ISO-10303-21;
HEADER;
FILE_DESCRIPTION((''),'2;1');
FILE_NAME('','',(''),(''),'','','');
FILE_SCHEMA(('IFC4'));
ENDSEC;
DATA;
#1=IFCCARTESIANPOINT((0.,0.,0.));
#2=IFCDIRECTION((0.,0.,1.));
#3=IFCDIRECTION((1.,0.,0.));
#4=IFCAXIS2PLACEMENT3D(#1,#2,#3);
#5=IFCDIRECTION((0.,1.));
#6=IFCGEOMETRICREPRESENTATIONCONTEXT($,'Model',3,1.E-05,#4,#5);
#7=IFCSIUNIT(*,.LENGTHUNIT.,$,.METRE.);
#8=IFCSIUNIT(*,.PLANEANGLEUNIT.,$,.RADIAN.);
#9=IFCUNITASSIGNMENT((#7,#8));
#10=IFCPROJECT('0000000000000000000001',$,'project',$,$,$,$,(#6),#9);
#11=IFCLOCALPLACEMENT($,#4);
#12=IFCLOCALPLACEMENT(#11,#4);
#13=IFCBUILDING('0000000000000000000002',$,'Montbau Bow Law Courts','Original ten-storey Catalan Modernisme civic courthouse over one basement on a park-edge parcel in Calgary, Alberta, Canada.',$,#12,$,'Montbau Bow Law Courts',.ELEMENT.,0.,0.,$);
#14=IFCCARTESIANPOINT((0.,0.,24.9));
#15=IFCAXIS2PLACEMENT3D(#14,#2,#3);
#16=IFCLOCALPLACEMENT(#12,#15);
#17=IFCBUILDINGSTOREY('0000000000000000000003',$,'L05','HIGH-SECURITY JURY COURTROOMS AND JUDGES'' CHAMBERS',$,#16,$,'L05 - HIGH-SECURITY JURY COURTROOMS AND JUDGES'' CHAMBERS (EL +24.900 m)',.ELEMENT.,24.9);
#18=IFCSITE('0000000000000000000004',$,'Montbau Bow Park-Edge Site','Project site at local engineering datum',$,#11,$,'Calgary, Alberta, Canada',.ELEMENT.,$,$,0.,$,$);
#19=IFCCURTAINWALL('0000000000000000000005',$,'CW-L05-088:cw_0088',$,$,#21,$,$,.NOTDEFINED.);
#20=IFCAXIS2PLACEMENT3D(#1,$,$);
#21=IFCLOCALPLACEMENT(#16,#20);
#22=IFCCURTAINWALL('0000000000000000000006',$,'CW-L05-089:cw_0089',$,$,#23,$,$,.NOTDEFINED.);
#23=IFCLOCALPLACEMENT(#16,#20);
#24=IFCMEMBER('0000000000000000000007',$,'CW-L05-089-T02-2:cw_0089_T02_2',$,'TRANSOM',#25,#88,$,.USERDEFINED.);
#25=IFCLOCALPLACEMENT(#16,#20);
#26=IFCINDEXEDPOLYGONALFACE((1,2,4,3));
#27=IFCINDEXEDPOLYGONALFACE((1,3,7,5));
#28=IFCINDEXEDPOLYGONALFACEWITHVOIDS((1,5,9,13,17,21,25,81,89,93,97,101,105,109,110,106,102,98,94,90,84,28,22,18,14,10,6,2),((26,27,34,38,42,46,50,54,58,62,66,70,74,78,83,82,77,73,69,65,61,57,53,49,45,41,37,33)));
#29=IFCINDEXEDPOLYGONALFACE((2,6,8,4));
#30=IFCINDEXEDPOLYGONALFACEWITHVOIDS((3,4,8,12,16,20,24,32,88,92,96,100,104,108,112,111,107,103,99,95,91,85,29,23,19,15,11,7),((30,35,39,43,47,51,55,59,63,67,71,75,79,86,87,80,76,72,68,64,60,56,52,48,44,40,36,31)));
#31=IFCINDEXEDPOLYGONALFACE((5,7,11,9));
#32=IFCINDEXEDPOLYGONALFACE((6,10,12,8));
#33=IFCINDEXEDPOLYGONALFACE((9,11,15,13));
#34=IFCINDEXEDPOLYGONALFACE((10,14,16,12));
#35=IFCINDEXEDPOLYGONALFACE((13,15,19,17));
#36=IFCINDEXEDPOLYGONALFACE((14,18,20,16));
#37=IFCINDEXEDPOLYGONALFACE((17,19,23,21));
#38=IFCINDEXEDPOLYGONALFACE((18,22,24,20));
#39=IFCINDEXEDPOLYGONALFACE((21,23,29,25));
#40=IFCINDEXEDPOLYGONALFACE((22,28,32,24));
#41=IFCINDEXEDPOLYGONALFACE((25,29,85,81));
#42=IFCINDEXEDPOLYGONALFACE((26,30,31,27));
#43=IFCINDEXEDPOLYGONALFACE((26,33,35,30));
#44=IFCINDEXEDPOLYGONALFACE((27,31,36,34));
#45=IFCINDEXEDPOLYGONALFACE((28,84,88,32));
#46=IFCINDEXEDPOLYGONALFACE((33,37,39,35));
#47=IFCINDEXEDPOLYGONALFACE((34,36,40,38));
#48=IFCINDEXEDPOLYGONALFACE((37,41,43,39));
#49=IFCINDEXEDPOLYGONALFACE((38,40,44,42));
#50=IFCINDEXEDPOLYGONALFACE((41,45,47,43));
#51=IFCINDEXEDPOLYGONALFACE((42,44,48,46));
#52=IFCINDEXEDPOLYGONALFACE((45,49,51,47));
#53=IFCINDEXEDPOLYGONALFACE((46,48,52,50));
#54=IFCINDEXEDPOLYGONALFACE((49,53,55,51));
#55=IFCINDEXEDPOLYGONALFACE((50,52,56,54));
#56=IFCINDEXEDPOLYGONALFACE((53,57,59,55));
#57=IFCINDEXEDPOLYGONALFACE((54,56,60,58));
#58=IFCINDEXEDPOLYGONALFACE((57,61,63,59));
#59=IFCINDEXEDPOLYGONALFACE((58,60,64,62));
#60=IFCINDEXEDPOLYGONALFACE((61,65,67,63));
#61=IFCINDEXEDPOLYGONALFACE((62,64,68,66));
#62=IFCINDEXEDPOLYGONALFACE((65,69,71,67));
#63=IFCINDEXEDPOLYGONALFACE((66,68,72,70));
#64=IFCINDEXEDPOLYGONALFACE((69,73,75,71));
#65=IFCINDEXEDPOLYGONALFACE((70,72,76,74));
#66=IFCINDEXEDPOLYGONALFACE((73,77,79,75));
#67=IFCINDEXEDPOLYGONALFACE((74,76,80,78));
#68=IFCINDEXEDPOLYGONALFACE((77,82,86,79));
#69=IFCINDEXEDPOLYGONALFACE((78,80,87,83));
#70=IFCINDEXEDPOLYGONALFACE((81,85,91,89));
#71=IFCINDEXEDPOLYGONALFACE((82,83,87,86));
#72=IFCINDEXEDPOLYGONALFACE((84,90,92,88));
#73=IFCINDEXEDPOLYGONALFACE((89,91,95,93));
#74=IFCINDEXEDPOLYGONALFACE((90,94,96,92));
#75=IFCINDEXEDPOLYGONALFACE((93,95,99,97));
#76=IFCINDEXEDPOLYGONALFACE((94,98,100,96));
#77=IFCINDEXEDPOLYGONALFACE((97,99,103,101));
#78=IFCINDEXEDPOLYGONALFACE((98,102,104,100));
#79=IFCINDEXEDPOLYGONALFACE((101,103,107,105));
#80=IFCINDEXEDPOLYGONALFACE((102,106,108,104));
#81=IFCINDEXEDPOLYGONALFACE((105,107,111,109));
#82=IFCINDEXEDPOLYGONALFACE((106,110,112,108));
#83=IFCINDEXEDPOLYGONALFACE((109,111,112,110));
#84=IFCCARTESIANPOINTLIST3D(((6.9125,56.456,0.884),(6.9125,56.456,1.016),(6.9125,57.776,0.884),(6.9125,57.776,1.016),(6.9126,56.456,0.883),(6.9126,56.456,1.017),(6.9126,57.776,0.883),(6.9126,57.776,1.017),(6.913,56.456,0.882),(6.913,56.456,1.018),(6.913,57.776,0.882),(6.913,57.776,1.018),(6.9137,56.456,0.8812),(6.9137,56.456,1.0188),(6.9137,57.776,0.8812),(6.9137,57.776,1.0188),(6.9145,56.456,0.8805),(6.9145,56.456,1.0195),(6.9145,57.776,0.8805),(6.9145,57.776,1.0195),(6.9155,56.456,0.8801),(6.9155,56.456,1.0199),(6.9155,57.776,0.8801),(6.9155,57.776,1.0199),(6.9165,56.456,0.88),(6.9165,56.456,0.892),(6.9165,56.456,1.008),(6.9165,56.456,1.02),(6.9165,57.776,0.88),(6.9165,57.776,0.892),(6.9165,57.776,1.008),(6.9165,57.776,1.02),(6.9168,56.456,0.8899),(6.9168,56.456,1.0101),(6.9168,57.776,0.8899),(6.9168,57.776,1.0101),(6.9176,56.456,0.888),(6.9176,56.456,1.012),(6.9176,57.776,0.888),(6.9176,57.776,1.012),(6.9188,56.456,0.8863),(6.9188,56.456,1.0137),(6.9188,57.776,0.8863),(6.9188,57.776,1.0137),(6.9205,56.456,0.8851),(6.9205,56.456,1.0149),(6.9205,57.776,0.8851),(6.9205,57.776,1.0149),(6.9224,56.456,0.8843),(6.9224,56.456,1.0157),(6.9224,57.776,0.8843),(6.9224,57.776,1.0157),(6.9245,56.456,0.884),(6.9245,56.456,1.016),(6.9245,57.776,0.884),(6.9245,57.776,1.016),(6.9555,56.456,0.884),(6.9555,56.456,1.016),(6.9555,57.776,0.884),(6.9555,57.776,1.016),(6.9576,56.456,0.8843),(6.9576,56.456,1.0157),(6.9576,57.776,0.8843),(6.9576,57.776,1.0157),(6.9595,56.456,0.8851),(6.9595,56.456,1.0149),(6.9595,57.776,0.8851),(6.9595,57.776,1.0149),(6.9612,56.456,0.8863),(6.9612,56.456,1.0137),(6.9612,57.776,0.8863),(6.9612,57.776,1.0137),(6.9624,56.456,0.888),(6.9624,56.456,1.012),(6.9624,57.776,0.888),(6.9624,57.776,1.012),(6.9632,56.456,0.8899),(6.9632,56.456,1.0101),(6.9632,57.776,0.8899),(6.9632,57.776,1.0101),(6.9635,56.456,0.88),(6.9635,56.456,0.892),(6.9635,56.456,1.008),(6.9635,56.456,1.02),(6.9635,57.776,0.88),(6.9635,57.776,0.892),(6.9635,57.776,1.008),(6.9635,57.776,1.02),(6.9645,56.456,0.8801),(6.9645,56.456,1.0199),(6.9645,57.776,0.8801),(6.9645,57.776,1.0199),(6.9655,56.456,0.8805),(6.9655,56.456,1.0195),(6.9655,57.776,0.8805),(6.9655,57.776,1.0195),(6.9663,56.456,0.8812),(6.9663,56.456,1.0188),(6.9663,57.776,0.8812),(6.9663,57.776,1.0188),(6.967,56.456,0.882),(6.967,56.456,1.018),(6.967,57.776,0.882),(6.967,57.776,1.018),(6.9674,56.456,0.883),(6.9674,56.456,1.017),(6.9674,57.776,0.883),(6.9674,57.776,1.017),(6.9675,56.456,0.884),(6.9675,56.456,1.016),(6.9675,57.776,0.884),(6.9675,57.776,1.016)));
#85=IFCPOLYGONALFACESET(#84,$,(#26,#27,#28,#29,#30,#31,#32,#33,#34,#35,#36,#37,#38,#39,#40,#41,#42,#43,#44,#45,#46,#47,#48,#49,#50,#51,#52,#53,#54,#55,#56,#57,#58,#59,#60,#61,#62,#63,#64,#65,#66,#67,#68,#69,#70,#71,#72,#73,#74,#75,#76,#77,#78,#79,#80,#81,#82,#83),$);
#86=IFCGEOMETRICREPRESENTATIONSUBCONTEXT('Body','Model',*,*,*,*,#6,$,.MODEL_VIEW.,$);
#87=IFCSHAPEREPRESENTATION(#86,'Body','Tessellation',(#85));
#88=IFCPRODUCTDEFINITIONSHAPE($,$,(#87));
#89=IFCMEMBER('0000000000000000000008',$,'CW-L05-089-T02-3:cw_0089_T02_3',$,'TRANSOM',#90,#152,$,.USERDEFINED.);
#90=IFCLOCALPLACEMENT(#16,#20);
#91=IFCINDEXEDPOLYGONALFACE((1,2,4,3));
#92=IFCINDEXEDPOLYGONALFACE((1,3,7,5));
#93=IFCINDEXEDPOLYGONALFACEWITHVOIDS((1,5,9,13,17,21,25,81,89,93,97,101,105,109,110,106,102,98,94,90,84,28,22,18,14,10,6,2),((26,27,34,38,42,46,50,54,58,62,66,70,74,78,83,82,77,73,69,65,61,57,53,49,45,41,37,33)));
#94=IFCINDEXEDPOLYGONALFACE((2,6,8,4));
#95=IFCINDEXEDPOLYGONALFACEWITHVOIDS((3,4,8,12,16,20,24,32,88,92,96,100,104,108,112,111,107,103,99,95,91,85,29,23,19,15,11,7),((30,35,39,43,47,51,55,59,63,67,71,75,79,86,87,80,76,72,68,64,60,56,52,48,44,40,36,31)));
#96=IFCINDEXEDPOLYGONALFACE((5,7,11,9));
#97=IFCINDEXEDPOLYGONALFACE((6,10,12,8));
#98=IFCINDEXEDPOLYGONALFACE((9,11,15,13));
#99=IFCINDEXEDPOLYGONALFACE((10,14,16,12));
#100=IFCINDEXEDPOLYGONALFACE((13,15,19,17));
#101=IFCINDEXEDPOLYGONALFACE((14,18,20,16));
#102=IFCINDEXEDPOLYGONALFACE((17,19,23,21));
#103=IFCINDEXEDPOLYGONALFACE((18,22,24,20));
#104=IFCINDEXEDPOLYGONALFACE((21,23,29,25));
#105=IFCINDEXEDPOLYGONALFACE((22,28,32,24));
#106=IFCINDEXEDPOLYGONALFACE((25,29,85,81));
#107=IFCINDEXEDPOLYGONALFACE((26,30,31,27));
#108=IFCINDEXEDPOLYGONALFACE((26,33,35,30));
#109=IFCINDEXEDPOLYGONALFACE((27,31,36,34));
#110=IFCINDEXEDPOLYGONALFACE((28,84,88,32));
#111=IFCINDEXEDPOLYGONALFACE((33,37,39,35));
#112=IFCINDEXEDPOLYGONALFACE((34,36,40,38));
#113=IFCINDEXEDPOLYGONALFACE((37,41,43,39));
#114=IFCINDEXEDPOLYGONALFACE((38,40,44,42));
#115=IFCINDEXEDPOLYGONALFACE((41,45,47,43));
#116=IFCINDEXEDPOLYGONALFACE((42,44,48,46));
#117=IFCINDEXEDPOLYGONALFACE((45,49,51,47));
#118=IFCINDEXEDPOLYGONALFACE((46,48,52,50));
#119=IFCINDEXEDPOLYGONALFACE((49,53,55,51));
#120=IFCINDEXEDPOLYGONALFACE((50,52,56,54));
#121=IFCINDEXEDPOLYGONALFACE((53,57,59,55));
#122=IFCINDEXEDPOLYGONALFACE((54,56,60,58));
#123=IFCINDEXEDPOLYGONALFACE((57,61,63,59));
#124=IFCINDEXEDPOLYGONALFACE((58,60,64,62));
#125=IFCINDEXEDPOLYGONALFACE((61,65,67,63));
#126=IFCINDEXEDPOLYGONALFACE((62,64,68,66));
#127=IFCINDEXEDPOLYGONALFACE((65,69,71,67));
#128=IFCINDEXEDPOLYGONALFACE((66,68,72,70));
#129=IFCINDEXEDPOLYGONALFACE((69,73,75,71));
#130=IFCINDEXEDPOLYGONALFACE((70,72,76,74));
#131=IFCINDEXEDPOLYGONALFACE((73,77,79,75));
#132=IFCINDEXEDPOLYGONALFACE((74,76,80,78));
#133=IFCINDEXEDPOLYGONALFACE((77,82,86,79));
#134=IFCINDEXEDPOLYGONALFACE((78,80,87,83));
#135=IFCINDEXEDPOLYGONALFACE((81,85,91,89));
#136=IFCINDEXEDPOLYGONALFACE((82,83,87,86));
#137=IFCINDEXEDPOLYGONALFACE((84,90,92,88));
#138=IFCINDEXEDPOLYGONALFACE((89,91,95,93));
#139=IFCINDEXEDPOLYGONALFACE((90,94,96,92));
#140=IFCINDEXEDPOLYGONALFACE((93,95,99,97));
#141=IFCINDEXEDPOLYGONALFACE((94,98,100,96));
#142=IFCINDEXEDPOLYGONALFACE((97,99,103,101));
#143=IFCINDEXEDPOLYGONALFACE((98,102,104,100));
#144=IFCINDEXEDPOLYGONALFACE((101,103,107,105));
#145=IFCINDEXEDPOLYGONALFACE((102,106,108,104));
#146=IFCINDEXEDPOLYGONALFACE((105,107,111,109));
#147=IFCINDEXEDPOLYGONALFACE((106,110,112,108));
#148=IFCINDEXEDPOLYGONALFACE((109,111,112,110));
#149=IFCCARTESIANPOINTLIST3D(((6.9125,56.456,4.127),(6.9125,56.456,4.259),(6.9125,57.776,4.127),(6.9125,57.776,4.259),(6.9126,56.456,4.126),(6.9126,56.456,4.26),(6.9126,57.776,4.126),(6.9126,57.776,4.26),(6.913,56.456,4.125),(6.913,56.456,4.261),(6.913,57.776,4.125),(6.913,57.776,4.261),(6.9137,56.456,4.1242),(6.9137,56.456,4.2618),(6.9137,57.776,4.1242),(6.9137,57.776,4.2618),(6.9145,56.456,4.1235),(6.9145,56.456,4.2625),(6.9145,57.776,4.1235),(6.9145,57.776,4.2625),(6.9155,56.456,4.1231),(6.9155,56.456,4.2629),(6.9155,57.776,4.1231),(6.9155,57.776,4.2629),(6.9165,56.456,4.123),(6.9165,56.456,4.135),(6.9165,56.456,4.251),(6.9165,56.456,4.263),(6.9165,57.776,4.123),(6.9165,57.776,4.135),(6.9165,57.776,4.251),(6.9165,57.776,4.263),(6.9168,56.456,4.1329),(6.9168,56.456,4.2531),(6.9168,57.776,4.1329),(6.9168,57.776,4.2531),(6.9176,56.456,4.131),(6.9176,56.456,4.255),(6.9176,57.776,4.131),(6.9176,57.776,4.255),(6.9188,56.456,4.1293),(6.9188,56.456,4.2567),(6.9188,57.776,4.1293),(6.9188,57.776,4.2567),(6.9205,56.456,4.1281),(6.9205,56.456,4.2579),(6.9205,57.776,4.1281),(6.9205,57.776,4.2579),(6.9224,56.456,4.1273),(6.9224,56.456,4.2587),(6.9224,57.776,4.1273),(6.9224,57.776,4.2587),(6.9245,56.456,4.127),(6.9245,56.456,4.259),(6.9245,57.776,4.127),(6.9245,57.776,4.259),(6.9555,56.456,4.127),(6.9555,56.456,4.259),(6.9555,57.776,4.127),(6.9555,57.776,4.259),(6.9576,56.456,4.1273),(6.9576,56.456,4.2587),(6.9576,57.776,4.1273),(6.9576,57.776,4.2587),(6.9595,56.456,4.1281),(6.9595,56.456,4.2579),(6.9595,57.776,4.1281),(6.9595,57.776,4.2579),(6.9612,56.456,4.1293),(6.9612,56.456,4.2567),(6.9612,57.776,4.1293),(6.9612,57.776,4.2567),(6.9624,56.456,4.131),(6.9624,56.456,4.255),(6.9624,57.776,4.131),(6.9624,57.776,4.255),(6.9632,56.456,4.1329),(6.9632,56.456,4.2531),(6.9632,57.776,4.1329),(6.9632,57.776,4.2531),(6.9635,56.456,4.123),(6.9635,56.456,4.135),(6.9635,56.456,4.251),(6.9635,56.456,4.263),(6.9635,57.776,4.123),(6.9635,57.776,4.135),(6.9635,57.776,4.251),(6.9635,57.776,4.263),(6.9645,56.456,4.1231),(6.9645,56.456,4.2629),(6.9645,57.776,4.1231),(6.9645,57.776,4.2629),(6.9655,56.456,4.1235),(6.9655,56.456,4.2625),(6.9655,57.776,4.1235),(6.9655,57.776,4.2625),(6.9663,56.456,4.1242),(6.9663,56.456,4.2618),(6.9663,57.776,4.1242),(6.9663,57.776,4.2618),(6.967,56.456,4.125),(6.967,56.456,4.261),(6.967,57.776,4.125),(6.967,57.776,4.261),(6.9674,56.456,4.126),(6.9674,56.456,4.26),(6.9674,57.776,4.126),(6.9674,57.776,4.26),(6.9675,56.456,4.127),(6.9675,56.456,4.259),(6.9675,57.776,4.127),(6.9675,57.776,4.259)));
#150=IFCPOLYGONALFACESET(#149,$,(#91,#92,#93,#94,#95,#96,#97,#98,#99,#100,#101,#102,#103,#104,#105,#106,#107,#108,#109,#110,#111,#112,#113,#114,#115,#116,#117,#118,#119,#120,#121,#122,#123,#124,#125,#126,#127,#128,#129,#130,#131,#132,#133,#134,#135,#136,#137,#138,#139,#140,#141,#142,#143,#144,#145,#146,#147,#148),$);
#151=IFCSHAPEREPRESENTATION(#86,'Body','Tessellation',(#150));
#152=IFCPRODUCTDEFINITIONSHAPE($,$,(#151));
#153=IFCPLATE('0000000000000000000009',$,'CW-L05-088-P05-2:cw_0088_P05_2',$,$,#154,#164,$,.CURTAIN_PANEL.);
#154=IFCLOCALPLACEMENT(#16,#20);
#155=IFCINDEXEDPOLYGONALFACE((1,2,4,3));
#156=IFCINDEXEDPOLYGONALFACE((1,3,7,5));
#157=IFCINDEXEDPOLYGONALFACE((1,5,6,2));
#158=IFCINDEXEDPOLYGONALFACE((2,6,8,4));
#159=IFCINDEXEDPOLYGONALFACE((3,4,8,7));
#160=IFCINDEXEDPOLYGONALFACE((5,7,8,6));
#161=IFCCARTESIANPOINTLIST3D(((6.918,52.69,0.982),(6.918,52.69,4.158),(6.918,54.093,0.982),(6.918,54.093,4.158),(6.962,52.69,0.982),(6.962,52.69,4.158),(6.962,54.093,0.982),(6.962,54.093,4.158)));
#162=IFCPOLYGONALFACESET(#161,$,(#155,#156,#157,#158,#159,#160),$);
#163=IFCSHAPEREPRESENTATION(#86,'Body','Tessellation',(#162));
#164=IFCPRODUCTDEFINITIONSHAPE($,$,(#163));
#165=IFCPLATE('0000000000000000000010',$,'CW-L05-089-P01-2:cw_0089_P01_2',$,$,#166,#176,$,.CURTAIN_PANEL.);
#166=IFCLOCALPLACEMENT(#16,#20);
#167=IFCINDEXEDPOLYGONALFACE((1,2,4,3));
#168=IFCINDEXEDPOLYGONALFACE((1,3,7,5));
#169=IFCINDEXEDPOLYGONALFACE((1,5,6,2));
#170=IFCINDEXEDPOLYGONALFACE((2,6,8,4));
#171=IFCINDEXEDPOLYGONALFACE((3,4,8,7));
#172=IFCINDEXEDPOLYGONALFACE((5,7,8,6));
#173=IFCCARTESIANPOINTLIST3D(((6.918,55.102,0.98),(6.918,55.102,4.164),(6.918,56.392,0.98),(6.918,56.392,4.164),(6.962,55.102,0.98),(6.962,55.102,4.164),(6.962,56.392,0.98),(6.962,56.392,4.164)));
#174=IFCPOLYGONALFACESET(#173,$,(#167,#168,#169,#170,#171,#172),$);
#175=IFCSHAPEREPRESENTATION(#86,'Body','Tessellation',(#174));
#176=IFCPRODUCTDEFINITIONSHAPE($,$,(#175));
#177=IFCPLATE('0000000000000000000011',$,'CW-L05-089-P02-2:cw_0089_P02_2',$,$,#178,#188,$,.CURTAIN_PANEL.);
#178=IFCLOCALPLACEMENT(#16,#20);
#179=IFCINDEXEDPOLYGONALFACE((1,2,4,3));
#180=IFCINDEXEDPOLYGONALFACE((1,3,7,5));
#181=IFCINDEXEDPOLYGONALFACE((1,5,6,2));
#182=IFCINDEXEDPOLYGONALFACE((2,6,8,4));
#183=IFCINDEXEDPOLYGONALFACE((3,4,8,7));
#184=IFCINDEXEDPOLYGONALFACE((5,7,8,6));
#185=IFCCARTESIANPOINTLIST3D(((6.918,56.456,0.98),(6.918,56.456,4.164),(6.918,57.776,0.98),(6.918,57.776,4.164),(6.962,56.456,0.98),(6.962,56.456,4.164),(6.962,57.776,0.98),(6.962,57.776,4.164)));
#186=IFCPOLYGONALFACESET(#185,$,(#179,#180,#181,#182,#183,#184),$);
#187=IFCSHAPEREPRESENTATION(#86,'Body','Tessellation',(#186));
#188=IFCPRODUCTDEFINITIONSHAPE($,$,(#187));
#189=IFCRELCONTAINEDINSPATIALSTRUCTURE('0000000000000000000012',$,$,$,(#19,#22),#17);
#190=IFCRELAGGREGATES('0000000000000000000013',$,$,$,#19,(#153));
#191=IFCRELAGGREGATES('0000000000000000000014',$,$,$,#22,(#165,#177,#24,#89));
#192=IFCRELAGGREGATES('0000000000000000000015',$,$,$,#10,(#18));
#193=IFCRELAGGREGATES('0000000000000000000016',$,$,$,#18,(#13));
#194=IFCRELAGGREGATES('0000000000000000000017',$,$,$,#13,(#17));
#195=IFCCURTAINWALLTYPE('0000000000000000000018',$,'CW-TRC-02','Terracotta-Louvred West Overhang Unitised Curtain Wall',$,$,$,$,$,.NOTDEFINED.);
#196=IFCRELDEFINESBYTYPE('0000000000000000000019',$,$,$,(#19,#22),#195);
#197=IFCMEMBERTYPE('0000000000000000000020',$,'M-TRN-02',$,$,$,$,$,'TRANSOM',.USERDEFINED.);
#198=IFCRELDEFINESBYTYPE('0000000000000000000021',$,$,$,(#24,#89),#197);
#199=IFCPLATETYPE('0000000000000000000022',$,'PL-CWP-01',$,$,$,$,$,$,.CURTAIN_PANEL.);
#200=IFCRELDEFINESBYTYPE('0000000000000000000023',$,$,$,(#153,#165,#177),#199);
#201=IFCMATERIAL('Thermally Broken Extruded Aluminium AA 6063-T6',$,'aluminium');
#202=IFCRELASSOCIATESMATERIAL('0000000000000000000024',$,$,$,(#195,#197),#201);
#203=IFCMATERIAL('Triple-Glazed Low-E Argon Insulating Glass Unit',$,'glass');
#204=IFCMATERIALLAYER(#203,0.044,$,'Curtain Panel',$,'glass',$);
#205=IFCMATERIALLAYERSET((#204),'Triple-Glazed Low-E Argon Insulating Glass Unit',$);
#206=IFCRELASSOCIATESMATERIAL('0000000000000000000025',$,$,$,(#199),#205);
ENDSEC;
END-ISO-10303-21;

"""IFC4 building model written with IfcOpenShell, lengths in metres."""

from ifc_helpers import new_model, si_unit, direction, frame, frame_2d, origin_with_axes, origin_2d_with_axis, place, context, subcontext, project, spatial, rectangle, hollow_rectangle, extrude, material, layer, layer_set, material_profile, profile_set, type_object, element, aggregate, save


model = new_model("IFC4")

# Units and contexts
model_context = context("Model", 3, precision=1e-05, world=origin_with_axes(), true_north=direction((0.0, 1.0)))
body_context = subcontext(model_context, "Body", "Model", "MODEL_VIEW")
ifc_project = project(units=[si_unit("LENGTHUNIT", "METRE"), si_unit("PLANEANGLEUNIT", "RADIAN")], contexts=[model_context])

# Site, building, storey
site_placement = place(None, origin_with_axes())
site = spatial("IfcSite", under=ifc_project, at=site_placement, Name="Montbau Bow Park-Edge Site", Description="Project site at local engineering datum", LongName="Calgary, Alberta, Canada", CompositionType="ELEMENT", RefElevation=0.0)
building_placement = place(site_placement, origin_with_axes())
building = spatial("IfcBuilding", under=site, at=building_placement, Name="Montbau Bow Law Courts", Description="Original ten-storey Catalan Modernisme civic courthouse over one basement on a park-edge parcel in Calgary, Alberta, Canada.", LongName="Montbau Bow Law Courts", CompositionType="ELEMENT", ElevationOfRefHeight=0.0, ElevationOfTerrain=0.0)
storey_placement = place(building_placement, frame((0.0, 0.0, 24.9), z_axis=(0.0, 0.0, 1.0), x_axis=(1.0, 0.0, 0.0)))
storey = spatial("IfcBuildingStorey", under=building, at=storey_placement, Name="L05", Description="HIGH-SECURITY JURY COURTROOMS AND JUDGES' CHAMBERS", LongName="L05 - HIGH-SECURITY JURY COURTROOMS AND JUDGES' CHAMBERS (EL +24.900 m)", CompositionType="ELEMENT", Elevation=24.9)

# Curtain walls, members
ifc_material_1 = material(Name="Thermally Broken Extruded Aluminium AA 6063-T6", Category="aluminium")
curtain_wall_type = type_object("IfcCurtainWallType", Name="CW-TRC-02", Description="Terracotta-Louvred West Overhang Unitised Curtain Wall", PredefinedType="NOTDEFINED", material=ifc_material_1)
curtain_wall_1_placement = place(None, frame((6.94, 46.64, 24.9), z_axis=(0.0, 0.0, 1.0), x_axis=(1.0, 0.0, 0.0)))
curtain_wall_1 = element("IfcCurtainWall", 1, at=curtain_wall_1_placement, inside=storey, type_object=curtain_wall_type, Name="CW-L05-088:cw_0088", PredefinedType="NOTDEFINED")
curtain_wall_2_placement = place(None, frame((6.94, 55.04, 24.9), z_axis=(0.0, 0.0, 1.0), x_axis=(1.0, 0.0, 0.0)))
curtain_wall_2 = element("IfcCurtainWall", 2, at=curtain_wall_2_placement, inside=storey, type_object=curtain_wall_type, Name="CW-L05-089:cw_0089", PredefinedType="NOTDEFINED")
ifc_material_profile_1 = material_profile(ifc_material_1, hollow_rectangle(XDim=0.055, YDim=0.14, WallThickness=0.004, InnerFilletRadius=0.008, OuterFilletRadius=0.004, at=origin_2d_with_axis()), Name="CWT-140X55", Category="Main", Priority=0)
ifc_profile_set_1 = profile_set([ifc_material_profile_1], Name="Thermally Broken Extruded Aluminium AA 6063-T6")
member_type_1 = type_object("IfcMemberType", Name="M-TRN-02", ElementType="TRANSOM", PredefinedType="USERDEFINED", material=ifc_profile_set_1)
member_1_placement = place(None, frame((6.94, 56.456, 25.85), z_axis=(0.0, 1.0, 0.0), x_axis=(-1.0, 0.0, 0.0)))
member_1 = element("IfcMember", 3, at=member_1_placement, type_object=member_type_1, Name="CW-L05-089-T02-2:cw_0089_T02_2", ObjectType="TRANSOM", PredefinedType="USERDEFINED", context=body_context, shape_type="SweptSolid", body=[
    extrude(hollow_rectangle(XDim=0.055, YDim=0.14, WallThickness=0.004, InnerFilletRadius=0.008, OuterFilletRadius=0.004, at=origin_2d_with_axis()), origin_with_axes(), (0.0, 0.0, 1.0), 1.32),
])
member_2_placement = place(None, frame((6.94, 56.456, 29.093), z_axis=(0.0, 1.0, 0.0), x_axis=(-1.0, 0.0, 0.0)))
member_2 = element("IfcMember", 4, at=member_2_placement, type_object=member_type_1, Name="CW-L05-089-T02-3:cw_0089_T02_3", ObjectType="TRANSOM", PredefinedType="USERDEFINED", context=body_context, shape_type="SweptSolid", body=[
    extrude(hollow_rectangle(XDim=0.055, YDim=0.14, WallThickness=0.004, InnerFilletRadius=0.008, OuterFilletRadius=0.004, at=origin_2d_with_axis()), origin_with_axes(), (0.0, 0.0, 1.0), 1.32),
])

# Plates
ifc_material_2 = material(Name="Triple-Glazed Low-E Argon Insulating Glass Unit", Category="glass")
ifc_layer_1 = layer(ifc_material_2, 0.044, Name="Curtain Panel", Category="glass")
ifc_layer_set_1 = layer_set([ifc_layer_1], Name="Triple-Glazed Low-E Argon Insulating Glass Unit")
plate_type_1 = type_object("IfcPlateType", Name="PL-CWP-01", PredefinedType="CURTAIN_PANEL", material=ifc_layer_set_1)
plate_1_placement = place(None, frame((6.94, 52.69, 25.882), z_axis=(1.0, 0.0, 0.0), x_axis=(0.0, 1.0, 0.0)))
plate_1 = element("IfcPlate", 5, at=plate_1_placement, type_object=plate_type_1, Name="CW-L05-088-P05-2:cw_0088_P05_2", PredefinedType="CURTAIN_PANEL", context=body_context, shape_type="SweptSolid", body=[
    extrude(rectangle(XDim=1.403, YDim=3.176, at=frame_2d((0.7015, 1.588), x_axis=(1.0, 0.0))), frame((0.0, 0.0, -0.022), z_axis=(0.0, 0.0, 1.0), x_axis=(1.0, 0.0, 0.0)), (0.0, 0.0, 1.0), 0.044),
])
plate_2_placement = place(None, frame((6.94, 55.102, 25.88), z_axis=(1.0, 0.0, 0.0), x_axis=(0.0, 1.0, 0.0)))
plate_2 = element("IfcPlate", 6, at=plate_2_placement, type_object=plate_type_1, Name="CW-L05-089-P01-2:cw_0089_P01_2", PredefinedType="CURTAIN_PANEL", context=body_context, shape_type="SweptSolid", body=[
    extrude(rectangle(XDim=1.29, YDim=3.184, at=frame_2d((0.645, 1.592), x_axis=(1.0, 0.0))), frame((0.0, 0.0, -0.022), z_axis=(0.0, 0.0, 1.0), x_axis=(1.0, 0.0, 0.0)), (0.0, 0.0, 1.0), 0.044),
])
plate_3_placement = place(None, frame((6.94, 56.456, 25.88), z_axis=(1.0, 0.0, 0.0), x_axis=(0.0, 1.0, 0.0)))
plate_3 = element("IfcPlate", 7, at=plate_3_placement, type_object=plate_type_1, Name="CW-L05-089-P02-2:cw_0089_P02_2", PredefinedType="CURTAIN_PANEL", context=body_context, shape_type="SweptSolid", body=[
    extrude(rectangle(XDim=1.32, YDim=3.184, at=frame_2d((0.66, 1.592), x_axis=(1.0, 0.0))), frame((0.0, 0.0, -0.022), z_axis=(0.0, 0.0, 1.0), x_axis=(1.0, 0.0, 0.0)), (0.0, 0.0, 1.0), 0.044),
])
aggregate(curtain_wall_1, [plate_1])
aggregate(curtain_wall_2, [plate_2, plate_3, member_1, member_2])

save(model, "model.ifc")
